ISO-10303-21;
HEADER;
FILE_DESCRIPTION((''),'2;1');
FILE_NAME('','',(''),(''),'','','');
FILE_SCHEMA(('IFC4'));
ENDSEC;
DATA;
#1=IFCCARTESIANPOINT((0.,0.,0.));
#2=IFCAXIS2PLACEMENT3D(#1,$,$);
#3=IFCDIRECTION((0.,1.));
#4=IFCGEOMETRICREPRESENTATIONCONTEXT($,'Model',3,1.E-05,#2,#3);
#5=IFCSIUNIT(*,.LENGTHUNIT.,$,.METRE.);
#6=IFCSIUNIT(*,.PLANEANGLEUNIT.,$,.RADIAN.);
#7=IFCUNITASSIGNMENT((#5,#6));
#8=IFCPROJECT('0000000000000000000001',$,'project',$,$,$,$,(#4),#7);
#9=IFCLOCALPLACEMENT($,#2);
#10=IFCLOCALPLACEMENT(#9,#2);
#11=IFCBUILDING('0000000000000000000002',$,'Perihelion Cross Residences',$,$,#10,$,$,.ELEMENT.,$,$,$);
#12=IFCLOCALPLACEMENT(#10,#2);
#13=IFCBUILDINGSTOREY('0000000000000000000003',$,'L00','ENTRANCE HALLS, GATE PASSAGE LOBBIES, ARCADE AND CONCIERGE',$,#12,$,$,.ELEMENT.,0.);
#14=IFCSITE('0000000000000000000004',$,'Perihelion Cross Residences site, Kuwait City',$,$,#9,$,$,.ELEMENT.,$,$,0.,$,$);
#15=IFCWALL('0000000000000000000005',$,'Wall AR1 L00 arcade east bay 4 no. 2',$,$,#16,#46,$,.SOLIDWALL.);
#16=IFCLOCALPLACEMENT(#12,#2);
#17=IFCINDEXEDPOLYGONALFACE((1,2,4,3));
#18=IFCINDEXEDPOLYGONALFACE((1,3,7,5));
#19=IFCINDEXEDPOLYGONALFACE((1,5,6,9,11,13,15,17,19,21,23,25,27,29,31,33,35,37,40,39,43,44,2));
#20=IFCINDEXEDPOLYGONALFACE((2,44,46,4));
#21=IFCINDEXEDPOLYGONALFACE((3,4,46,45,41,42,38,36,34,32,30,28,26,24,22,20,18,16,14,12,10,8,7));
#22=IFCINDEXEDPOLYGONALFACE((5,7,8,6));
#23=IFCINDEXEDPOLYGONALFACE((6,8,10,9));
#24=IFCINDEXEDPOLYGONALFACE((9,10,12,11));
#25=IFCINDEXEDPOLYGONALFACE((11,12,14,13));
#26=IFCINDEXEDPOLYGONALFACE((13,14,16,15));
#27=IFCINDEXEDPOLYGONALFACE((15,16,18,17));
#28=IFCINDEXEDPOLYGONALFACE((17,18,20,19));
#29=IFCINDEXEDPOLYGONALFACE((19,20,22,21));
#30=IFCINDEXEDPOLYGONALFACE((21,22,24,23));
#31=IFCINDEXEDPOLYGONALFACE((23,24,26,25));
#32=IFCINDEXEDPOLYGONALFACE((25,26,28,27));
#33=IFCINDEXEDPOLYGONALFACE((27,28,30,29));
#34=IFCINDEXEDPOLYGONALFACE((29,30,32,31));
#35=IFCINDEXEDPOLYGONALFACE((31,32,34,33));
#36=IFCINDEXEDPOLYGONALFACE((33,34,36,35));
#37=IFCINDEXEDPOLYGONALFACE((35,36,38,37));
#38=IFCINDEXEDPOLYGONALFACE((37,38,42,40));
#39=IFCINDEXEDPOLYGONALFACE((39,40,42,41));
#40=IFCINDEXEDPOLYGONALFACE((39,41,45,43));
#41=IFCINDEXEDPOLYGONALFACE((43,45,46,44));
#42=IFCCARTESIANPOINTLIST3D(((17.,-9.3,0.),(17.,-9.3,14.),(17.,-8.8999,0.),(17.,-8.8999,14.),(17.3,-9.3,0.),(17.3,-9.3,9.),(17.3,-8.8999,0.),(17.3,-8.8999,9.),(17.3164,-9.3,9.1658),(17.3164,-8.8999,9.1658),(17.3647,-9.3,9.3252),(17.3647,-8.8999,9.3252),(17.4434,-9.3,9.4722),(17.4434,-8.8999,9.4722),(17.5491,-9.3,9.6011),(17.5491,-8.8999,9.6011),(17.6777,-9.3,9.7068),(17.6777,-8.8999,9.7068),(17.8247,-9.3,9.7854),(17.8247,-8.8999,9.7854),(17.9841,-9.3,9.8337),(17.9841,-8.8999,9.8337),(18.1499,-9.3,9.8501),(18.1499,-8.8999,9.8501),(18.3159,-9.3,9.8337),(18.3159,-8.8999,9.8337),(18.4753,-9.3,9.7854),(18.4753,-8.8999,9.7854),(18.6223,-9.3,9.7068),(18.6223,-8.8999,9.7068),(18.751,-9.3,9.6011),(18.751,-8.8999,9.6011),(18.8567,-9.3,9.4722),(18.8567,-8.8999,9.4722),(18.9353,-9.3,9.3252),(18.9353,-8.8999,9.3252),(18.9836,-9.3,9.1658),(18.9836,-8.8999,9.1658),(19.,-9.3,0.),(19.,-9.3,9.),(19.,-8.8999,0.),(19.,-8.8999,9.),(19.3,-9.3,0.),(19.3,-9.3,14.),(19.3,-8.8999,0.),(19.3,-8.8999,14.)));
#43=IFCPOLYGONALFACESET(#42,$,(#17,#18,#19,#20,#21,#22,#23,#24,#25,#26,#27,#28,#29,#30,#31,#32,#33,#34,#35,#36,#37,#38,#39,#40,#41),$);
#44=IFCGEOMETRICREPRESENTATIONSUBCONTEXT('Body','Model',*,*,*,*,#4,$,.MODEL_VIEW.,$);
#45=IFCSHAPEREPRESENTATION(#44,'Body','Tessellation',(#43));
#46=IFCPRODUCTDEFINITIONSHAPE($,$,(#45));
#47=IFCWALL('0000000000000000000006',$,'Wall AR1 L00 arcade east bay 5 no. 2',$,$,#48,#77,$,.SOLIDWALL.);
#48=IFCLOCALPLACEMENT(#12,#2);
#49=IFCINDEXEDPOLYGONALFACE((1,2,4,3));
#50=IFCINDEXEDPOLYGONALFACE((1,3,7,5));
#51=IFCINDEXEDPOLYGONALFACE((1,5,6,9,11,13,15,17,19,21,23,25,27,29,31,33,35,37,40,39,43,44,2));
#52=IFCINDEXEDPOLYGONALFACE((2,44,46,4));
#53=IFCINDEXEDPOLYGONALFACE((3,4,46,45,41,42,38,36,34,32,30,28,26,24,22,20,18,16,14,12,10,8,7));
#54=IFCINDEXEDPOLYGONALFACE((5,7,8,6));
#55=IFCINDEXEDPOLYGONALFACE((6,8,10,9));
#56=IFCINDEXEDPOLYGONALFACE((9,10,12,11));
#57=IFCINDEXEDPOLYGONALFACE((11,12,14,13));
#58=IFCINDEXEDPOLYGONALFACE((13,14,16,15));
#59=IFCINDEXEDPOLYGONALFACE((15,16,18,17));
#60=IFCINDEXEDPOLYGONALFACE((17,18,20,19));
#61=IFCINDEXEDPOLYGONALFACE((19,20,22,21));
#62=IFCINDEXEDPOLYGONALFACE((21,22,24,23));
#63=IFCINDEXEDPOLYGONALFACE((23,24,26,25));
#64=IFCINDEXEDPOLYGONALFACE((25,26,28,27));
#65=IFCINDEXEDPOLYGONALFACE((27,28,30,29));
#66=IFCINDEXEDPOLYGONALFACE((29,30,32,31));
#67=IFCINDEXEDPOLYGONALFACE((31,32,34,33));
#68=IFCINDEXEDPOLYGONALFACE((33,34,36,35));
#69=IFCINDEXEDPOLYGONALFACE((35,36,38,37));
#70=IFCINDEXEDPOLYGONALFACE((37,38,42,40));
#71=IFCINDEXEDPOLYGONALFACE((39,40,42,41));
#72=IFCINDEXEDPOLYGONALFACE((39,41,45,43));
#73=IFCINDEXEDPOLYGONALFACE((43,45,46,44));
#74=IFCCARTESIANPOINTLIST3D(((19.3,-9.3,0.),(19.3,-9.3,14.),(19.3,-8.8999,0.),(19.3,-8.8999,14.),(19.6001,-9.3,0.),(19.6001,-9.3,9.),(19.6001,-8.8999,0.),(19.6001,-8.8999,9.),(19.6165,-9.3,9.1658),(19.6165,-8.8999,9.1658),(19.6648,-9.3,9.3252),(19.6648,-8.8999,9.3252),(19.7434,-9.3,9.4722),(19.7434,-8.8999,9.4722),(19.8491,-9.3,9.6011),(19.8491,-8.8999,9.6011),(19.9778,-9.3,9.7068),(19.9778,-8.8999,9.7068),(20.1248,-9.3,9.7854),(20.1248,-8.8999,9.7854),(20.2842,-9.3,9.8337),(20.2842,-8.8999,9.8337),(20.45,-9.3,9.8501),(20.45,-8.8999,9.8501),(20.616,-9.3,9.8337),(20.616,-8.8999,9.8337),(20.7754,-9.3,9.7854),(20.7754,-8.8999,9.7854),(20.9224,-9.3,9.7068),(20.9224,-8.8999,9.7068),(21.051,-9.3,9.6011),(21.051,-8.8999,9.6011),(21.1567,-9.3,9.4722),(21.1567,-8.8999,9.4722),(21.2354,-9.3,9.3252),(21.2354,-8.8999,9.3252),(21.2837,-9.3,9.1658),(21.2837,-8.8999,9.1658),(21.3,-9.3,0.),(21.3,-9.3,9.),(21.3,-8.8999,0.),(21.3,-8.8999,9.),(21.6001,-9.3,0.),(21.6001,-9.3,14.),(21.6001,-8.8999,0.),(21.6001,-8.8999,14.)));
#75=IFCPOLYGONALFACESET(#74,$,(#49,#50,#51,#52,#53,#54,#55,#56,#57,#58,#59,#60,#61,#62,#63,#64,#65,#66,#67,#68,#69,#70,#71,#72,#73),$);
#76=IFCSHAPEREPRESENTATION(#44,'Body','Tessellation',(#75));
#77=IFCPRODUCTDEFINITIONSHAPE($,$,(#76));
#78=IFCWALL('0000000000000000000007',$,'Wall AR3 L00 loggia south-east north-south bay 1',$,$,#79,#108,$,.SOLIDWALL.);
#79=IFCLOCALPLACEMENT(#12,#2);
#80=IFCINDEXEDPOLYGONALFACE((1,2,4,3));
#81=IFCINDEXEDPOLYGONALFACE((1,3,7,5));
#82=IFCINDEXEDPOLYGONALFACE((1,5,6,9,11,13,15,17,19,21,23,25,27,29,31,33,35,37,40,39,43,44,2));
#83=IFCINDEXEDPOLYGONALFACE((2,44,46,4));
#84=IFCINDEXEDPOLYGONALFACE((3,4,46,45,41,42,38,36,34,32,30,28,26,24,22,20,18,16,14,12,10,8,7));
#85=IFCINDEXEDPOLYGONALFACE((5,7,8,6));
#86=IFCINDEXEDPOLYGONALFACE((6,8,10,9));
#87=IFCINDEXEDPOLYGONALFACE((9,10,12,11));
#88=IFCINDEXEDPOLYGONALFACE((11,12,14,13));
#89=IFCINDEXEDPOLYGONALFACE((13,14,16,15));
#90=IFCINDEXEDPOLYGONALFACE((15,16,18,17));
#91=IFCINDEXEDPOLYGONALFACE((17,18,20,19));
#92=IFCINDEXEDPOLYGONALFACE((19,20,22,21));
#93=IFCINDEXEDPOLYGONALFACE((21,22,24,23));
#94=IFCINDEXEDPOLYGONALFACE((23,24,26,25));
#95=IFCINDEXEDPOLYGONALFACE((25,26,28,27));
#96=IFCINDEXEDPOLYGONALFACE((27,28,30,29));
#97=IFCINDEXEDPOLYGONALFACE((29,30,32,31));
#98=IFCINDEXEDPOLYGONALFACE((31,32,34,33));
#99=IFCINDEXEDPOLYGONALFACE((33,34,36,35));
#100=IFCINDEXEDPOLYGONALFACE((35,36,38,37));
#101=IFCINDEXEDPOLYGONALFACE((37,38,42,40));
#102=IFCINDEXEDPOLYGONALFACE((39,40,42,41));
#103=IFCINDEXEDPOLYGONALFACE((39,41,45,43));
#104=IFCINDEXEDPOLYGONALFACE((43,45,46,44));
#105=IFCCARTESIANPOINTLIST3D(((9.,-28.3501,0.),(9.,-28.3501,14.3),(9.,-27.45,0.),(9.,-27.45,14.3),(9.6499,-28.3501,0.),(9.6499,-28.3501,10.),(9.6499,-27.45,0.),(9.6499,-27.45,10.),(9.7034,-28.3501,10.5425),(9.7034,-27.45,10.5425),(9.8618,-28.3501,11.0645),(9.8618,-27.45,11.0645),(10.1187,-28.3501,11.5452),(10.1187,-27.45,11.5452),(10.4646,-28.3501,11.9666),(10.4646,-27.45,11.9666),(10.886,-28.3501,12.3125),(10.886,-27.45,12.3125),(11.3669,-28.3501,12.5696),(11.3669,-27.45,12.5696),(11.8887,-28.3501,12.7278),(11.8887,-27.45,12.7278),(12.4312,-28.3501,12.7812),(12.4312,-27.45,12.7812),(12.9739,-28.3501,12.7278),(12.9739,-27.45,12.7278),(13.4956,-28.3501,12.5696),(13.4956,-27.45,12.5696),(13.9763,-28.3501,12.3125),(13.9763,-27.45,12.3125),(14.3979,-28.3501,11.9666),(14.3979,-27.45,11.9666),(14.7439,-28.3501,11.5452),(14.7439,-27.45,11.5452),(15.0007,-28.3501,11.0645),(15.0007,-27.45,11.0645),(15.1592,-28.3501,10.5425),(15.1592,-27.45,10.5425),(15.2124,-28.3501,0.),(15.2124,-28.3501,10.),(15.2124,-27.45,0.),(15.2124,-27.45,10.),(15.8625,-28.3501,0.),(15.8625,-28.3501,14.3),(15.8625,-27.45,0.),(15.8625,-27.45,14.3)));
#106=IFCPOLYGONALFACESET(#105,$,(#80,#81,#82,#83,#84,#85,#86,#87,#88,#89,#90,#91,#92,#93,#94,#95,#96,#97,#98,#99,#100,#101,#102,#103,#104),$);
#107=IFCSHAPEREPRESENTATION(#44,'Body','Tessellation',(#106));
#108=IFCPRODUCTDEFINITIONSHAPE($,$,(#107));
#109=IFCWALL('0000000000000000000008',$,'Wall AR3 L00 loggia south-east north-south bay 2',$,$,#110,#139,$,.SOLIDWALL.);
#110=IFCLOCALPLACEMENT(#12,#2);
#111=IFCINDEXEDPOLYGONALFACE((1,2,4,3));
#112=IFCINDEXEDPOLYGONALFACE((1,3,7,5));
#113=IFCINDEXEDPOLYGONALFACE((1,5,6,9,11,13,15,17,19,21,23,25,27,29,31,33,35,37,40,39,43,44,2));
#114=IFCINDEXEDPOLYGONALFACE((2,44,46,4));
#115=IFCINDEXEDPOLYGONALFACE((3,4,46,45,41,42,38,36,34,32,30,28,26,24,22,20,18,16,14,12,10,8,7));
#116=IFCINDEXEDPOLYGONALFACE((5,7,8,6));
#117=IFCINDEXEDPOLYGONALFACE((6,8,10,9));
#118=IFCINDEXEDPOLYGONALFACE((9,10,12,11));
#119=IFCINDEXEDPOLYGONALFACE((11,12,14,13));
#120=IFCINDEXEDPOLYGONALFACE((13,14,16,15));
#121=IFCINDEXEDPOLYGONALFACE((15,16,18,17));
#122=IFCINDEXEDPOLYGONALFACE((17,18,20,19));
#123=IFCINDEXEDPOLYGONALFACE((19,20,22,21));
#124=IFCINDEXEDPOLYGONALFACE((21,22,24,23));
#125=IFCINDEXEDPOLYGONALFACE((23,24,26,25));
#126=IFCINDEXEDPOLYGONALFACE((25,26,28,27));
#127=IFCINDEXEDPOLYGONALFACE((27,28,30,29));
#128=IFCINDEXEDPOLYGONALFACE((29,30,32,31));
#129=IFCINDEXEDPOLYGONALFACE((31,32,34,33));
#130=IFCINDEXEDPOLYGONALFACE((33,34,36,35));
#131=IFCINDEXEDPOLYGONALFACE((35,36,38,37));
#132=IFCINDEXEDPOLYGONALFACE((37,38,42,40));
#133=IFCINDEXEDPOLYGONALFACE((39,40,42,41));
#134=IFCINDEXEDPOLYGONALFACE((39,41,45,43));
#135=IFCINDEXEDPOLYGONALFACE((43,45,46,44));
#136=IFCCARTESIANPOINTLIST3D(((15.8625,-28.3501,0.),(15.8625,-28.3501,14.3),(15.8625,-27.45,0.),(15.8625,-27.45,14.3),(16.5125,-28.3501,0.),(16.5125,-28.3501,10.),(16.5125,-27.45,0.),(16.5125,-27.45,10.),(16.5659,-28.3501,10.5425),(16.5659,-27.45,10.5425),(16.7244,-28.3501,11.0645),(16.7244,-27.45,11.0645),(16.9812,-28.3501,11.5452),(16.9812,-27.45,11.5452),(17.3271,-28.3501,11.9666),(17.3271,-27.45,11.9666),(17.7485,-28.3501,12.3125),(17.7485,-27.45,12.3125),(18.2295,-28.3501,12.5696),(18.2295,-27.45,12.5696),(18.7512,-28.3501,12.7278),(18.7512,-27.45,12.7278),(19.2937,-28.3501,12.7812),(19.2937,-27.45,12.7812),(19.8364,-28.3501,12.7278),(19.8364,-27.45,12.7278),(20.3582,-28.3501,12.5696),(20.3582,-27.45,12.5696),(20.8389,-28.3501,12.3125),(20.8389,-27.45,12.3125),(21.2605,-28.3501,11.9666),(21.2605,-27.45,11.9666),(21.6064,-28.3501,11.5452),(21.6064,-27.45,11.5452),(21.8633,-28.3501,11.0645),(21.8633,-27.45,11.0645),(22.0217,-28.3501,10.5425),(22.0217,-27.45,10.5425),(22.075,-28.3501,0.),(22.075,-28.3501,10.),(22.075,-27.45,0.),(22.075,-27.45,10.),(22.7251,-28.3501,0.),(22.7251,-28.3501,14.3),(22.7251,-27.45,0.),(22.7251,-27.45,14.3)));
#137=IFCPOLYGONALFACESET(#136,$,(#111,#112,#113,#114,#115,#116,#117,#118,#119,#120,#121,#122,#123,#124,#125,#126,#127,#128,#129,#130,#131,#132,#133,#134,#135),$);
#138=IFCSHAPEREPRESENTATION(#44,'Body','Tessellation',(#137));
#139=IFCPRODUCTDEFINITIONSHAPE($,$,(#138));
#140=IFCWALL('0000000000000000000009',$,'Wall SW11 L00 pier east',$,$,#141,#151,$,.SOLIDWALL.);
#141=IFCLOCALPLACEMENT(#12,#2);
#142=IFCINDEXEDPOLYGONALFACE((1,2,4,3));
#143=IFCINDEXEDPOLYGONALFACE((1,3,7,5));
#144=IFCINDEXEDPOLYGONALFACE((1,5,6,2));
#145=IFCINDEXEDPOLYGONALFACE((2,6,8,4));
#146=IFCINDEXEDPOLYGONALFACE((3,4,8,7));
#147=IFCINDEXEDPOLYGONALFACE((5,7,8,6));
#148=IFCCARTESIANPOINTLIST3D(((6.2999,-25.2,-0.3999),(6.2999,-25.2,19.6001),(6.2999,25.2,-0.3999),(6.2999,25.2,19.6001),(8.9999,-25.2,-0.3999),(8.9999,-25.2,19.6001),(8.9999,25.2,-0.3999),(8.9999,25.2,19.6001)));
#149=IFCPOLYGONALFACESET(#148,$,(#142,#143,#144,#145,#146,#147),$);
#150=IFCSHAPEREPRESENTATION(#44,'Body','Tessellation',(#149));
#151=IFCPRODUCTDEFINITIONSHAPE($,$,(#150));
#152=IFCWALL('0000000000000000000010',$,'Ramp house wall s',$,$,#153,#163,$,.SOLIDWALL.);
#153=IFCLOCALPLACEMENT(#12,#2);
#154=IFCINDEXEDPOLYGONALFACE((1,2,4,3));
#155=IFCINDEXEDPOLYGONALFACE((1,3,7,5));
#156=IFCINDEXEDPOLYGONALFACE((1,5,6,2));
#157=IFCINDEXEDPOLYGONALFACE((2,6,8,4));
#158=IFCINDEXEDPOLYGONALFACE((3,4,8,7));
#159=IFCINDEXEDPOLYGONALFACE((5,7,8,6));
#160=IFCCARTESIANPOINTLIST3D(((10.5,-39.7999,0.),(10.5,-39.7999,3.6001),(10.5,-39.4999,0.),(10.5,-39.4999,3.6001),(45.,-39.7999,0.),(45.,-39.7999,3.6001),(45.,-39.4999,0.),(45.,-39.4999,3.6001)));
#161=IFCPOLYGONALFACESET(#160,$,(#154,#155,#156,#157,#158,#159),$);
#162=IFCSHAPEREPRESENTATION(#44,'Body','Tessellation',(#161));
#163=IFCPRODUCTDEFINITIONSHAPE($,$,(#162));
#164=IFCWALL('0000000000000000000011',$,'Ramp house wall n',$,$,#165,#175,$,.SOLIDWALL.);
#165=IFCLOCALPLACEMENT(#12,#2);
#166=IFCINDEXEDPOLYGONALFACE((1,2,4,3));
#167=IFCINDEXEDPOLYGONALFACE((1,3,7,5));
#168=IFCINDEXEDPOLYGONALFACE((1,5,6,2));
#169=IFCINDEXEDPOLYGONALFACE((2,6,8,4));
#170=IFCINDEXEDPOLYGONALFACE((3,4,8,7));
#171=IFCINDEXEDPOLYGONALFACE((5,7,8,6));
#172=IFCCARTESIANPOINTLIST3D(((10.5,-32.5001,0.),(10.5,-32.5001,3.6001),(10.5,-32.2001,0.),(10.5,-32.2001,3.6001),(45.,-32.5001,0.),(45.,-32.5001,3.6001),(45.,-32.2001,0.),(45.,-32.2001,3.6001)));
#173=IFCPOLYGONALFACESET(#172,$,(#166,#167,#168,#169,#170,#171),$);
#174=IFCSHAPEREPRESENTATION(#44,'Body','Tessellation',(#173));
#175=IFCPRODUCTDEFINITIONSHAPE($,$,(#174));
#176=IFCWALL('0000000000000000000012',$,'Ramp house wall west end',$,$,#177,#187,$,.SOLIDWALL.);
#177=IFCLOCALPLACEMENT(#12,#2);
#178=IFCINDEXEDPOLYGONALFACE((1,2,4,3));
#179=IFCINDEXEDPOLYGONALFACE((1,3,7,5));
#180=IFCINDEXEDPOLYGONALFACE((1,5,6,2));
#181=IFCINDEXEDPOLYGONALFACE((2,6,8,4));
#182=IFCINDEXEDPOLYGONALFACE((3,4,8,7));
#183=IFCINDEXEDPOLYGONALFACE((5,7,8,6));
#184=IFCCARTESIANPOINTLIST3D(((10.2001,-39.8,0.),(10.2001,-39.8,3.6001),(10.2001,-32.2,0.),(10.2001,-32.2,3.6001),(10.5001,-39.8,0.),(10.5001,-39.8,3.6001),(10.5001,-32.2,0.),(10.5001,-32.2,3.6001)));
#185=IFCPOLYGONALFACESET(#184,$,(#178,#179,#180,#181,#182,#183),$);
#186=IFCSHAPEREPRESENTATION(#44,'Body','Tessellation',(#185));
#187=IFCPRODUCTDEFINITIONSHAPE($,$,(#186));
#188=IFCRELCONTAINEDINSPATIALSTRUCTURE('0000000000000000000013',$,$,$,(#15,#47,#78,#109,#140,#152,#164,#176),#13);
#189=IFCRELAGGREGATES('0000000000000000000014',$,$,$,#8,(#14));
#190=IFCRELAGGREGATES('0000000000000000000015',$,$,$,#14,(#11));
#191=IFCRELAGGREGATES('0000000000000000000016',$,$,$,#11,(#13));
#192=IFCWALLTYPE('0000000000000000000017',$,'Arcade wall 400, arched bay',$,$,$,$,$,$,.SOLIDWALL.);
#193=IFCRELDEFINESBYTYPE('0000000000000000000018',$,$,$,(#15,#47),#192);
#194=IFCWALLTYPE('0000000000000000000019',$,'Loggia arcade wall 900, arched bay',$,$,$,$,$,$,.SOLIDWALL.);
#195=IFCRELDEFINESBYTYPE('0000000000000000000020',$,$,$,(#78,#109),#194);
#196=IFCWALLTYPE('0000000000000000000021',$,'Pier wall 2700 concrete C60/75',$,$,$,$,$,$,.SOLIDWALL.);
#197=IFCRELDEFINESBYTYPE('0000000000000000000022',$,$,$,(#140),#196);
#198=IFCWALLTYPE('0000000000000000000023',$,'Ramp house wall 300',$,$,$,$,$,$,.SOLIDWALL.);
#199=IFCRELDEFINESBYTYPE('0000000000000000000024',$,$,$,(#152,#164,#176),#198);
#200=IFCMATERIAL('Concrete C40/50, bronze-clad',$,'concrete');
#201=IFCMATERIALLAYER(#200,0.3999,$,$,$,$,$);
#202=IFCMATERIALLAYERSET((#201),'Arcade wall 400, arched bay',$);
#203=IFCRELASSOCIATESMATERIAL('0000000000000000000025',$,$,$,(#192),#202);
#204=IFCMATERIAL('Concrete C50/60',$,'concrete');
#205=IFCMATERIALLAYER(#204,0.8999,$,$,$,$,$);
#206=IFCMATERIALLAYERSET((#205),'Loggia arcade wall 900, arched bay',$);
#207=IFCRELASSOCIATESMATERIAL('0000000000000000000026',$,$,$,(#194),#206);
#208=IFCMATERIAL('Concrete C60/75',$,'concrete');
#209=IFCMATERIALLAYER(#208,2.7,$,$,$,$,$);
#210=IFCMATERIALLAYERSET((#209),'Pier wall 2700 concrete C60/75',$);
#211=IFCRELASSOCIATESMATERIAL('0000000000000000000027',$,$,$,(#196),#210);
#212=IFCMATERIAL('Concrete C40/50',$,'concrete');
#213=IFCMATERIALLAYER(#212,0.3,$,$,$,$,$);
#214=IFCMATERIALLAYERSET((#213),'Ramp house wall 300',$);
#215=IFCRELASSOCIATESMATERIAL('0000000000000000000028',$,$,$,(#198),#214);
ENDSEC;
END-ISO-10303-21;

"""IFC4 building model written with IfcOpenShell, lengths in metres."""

from ifc_helpers import new_model, si_unit, direction, frame, frame_2d, origin, place, context, subcontext, project, spatial, polyline, rectangle, outline, extrude, material, layer, layer_set, type_object, element, save


model = new_model("IFC4")

# Units and contexts
model_context = context("Model", 3, precision=1e-05, world=origin(), true_north=direction((0.0, 1.0)))
body_context = subcontext(model_context, "Body", "Model", "MODEL_VIEW")
ifc_project = project(units=[si_unit("LENGTHUNIT", "METRE"), si_unit("PLANEANGLEUNIT", "RADIAN")], contexts=[model_context])

# Site, building, storey
site_placement = place(None, origin())
site = spatial("IfcSite", under=ifc_project, at=site_placement, Name="Perihelion Cross Residences site, Kuwait City", CompositionType="ELEMENT", RefElevation=0.0)
building_placement = place(site_placement, origin())
building = spatial("IfcBuilding", under=site, at=building_placement, Name="Perihelion Cross Residences", CompositionType="ELEMENT")
storey_placement = place(building_placement, origin())
storey = spatial("IfcBuildingStorey", under=building, at=storey_placement, Name="L00", Description="ENTRANCE HALLS, GATE PASSAGE LOBBIES, ARCADE AND CONCIERGE", CompositionType="ELEMENT", Elevation=0.0)

# Walls
ifc_material_1 = material(Name="Concrete C40/50, bronze-clad", Category="concrete")
ifc_layer_1 = layer(ifc_material_1, 0.3999)
ifc_layer_set_1 = layer_set([ifc_layer_1], Name="Arcade wall 400, arched bay")
wall_type_1 = type_object("IfcWallType", Name="Arcade wall 400, arched bay", PredefinedType="SOLIDWALL", material=ifc_layer_set_1)
for number, where, z_axis, x_axis, name in (
    (1, (17.0, -8.8999, 0.0), (0.0, -1.0, 0.0), (1.0, 0.0, 0.0), "Wall AR1 L00 arcade east bay 4 no. 2"),
    (2, (19.3, -8.8999, 0.0), (0.0, -1.0, 0.0), (1.0, 0.0, 0.0), "Wall AR1 L00 arcade east bay 5 no. 2"),
):
    element("IfcWall", number, at=place(storey_placement, frame(where, z_axis=z_axis, x_axis=x_axis)), inside=storey, type_object=wall_type_1, Name=name, PredefinedType="SOLIDWALL", context=body_context, shape_type="SweptSolid", body=[
        extrude(outline(polyline([(0.0, 0.0), (0.3, 0.0), (0.3, 9.0), (0.3164, 9.1658), (0.3647, 9.3252), (0.4434, 9.4722), (0.5491, 9.6011), (0.6777, 9.7068), (0.8247, 9.7854), (0.9841, 9.8337), (1.1499, 9.8501), (1.3159, 9.8337), (1.4753, 9.7854), (1.6223, 9.7068), (1.751, 9.6011), (1.8567, 9.4722), (1.9353, 9.3252), (1.9836, 9.1658), (2.0, 9.0), (2.0, 0.0), (2.3, 0.0), (2.3, 14.0), (0.0, 14.0), (0.0, 0.0)])), origin(), (0.0, 0.0, 1.0), 0.4001),
    ])
ifc_material_2 = material(Name="Concrete C50/60", Category="concrete")
ifc_layer_2 = layer(ifc_material_2, 0.8999)
ifc_layer_set_2 = layer_set([ifc_layer_2], Name="Loggia arcade wall 900, arched bay")
wall_type_2 = type_object("IfcWallType", Name="Loggia arcade wall 900, arched bay", PredefinedType="SOLIDWALL", material=ifc_layer_set_2)
for number, where, z_axis, x_axis, name in (
    (3, (9.0, -27.45, 0.0), (0.0, -1.0, 0.0), (1.0, 0.0, 0.0), "Wall AR3 L00 loggia south-east north-south bay 1"),
    (4, (15.8625, -27.45, 0.0), (0.0, -1.0, 0.0), (1.0, 0.0, 0.0), "Wall AR3 L00 loggia south-east north-south bay 2"),
):
    element("IfcWall", number, at=place(storey_placement, frame(where, z_axis=z_axis, x_axis=x_axis)), inside=storey, type_object=wall_type_2, Name=name, PredefinedType="SOLIDWALL", context=body_context, shape_type="SweptSolid", body=[
        extrude(outline(polyline([(0.0, 0.0), (0.6499, 0.0), (0.6499, 10.0), (0.7034, 10.5425), (0.8618, 11.0645), (1.1187, 11.5452), (1.4646, 11.9666), (1.886, 12.3125), (2.3669, 12.5696), (2.8887, 12.7278), (3.4312, 12.7812), (3.9739, 12.7278), (4.4956, 12.5696), (4.9763, 12.3125), (5.3979, 11.9666), (5.7439, 11.5452), (6.0007, 11.0645), (6.1592, 10.5425), (6.2124, 10.0), (6.2124, 0.0), (6.8625, 0.0), (6.8625, 14.3), (0.0, 14.3), (0.0, 0.0)])), origin(), (0.0, 0.0, 1.0), 0.9001),
    ])
ifc_material_3 = material(Name="Concrete C60/75", Category="concrete")
ifc_layer_3 = layer(ifc_material_3, 2.7)
ifc_layer_set_3 = layer_set([ifc_layer_3], Name="Pier wall 2700 concrete C60/75")
wall_type_3 = type_object("IfcWallType", Name="Pier wall 2700 concrete C60/75", PredefinedType="SOLIDWALL", material=ifc_layer_set_3)
wall_1_placement = place(storey_placement, frame((7.6499, -25.2, -0.3999), z_axis=(0.0, 0.0, 1.0), x_axis=(0.0, 1.0, 0.0)))
element("IfcWall", 5, at=wall_1_placement, inside=storey, type_object=wall_type_3, Name="Wall SW11 L00 pier east", PredefinedType="SOLIDWALL", context=body_context, shape_type="SweptSolid", body=[
    extrude(rectangle(XDim=50.3999, YDim=2.7, at=frame_2d((25.2, 0.0))), origin(), (0.0, 0.0, 1.0), 20.0),
])
ifc_material_4 = material(Name="Concrete C40/50", Category="concrete")
ifc_layer_4 = layer(ifc_material_4, 0.3)
ifc_layer_set_4 = layer_set([ifc_layer_4], Name="Ramp house wall 300")
wall_type_4 = type_object("IfcWallType", Name="Ramp house wall 300", PredefinedType="SOLIDWALL", material=ifc_layer_set_4)
for number, where, z_axis, x_axis, name in (
    (6, (10.5, -39.6499, 0.0), (0.0, 0.0, 1.0), (1.0, 0.0, 0.0), "Ramp house wall s"),
    (7, (10.5, -32.3501, 0.0), (0.0, 0.0, 1.0), (1.0, 0.0, 0.0), "Ramp house wall n"),
):
    element("IfcWall", number, at=place(storey_placement, frame(where, z_axis=z_axis, x_axis=x_axis)), inside=storey, type_object=wall_type_4, Name=name, PredefinedType="SOLIDWALL", context=body_context, shape_type="SweptSolid", body=[
        extrude(rectangle(XDim=34.5, YDim=0.3, at=frame_2d((17.25, 0.0))), origin(), (0.0, 0.0, 1.0), 3.6001),
    ])
wall_2_placement = place(storey_placement, frame((10.3501, -39.8, 0.0), z_axis=(0.0, 0.0, 1.0), x_axis=(0.0, 1.0, 0.0)))
element("IfcWall", 8, at=wall_2_placement, inside=storey, type_object=wall_type_4, Name="Ramp house wall west end", PredefinedType="SOLIDWALL", context=body_context, shape_type="SweptSolid", body=[
    extrude(rectangle(XDim=7.6001, YDim=0.3, at=frame_2d((3.8, 0.0))), origin(), (0.0, 0.0, 1.0), 3.6001),
])

save(model, "model.ifc")
